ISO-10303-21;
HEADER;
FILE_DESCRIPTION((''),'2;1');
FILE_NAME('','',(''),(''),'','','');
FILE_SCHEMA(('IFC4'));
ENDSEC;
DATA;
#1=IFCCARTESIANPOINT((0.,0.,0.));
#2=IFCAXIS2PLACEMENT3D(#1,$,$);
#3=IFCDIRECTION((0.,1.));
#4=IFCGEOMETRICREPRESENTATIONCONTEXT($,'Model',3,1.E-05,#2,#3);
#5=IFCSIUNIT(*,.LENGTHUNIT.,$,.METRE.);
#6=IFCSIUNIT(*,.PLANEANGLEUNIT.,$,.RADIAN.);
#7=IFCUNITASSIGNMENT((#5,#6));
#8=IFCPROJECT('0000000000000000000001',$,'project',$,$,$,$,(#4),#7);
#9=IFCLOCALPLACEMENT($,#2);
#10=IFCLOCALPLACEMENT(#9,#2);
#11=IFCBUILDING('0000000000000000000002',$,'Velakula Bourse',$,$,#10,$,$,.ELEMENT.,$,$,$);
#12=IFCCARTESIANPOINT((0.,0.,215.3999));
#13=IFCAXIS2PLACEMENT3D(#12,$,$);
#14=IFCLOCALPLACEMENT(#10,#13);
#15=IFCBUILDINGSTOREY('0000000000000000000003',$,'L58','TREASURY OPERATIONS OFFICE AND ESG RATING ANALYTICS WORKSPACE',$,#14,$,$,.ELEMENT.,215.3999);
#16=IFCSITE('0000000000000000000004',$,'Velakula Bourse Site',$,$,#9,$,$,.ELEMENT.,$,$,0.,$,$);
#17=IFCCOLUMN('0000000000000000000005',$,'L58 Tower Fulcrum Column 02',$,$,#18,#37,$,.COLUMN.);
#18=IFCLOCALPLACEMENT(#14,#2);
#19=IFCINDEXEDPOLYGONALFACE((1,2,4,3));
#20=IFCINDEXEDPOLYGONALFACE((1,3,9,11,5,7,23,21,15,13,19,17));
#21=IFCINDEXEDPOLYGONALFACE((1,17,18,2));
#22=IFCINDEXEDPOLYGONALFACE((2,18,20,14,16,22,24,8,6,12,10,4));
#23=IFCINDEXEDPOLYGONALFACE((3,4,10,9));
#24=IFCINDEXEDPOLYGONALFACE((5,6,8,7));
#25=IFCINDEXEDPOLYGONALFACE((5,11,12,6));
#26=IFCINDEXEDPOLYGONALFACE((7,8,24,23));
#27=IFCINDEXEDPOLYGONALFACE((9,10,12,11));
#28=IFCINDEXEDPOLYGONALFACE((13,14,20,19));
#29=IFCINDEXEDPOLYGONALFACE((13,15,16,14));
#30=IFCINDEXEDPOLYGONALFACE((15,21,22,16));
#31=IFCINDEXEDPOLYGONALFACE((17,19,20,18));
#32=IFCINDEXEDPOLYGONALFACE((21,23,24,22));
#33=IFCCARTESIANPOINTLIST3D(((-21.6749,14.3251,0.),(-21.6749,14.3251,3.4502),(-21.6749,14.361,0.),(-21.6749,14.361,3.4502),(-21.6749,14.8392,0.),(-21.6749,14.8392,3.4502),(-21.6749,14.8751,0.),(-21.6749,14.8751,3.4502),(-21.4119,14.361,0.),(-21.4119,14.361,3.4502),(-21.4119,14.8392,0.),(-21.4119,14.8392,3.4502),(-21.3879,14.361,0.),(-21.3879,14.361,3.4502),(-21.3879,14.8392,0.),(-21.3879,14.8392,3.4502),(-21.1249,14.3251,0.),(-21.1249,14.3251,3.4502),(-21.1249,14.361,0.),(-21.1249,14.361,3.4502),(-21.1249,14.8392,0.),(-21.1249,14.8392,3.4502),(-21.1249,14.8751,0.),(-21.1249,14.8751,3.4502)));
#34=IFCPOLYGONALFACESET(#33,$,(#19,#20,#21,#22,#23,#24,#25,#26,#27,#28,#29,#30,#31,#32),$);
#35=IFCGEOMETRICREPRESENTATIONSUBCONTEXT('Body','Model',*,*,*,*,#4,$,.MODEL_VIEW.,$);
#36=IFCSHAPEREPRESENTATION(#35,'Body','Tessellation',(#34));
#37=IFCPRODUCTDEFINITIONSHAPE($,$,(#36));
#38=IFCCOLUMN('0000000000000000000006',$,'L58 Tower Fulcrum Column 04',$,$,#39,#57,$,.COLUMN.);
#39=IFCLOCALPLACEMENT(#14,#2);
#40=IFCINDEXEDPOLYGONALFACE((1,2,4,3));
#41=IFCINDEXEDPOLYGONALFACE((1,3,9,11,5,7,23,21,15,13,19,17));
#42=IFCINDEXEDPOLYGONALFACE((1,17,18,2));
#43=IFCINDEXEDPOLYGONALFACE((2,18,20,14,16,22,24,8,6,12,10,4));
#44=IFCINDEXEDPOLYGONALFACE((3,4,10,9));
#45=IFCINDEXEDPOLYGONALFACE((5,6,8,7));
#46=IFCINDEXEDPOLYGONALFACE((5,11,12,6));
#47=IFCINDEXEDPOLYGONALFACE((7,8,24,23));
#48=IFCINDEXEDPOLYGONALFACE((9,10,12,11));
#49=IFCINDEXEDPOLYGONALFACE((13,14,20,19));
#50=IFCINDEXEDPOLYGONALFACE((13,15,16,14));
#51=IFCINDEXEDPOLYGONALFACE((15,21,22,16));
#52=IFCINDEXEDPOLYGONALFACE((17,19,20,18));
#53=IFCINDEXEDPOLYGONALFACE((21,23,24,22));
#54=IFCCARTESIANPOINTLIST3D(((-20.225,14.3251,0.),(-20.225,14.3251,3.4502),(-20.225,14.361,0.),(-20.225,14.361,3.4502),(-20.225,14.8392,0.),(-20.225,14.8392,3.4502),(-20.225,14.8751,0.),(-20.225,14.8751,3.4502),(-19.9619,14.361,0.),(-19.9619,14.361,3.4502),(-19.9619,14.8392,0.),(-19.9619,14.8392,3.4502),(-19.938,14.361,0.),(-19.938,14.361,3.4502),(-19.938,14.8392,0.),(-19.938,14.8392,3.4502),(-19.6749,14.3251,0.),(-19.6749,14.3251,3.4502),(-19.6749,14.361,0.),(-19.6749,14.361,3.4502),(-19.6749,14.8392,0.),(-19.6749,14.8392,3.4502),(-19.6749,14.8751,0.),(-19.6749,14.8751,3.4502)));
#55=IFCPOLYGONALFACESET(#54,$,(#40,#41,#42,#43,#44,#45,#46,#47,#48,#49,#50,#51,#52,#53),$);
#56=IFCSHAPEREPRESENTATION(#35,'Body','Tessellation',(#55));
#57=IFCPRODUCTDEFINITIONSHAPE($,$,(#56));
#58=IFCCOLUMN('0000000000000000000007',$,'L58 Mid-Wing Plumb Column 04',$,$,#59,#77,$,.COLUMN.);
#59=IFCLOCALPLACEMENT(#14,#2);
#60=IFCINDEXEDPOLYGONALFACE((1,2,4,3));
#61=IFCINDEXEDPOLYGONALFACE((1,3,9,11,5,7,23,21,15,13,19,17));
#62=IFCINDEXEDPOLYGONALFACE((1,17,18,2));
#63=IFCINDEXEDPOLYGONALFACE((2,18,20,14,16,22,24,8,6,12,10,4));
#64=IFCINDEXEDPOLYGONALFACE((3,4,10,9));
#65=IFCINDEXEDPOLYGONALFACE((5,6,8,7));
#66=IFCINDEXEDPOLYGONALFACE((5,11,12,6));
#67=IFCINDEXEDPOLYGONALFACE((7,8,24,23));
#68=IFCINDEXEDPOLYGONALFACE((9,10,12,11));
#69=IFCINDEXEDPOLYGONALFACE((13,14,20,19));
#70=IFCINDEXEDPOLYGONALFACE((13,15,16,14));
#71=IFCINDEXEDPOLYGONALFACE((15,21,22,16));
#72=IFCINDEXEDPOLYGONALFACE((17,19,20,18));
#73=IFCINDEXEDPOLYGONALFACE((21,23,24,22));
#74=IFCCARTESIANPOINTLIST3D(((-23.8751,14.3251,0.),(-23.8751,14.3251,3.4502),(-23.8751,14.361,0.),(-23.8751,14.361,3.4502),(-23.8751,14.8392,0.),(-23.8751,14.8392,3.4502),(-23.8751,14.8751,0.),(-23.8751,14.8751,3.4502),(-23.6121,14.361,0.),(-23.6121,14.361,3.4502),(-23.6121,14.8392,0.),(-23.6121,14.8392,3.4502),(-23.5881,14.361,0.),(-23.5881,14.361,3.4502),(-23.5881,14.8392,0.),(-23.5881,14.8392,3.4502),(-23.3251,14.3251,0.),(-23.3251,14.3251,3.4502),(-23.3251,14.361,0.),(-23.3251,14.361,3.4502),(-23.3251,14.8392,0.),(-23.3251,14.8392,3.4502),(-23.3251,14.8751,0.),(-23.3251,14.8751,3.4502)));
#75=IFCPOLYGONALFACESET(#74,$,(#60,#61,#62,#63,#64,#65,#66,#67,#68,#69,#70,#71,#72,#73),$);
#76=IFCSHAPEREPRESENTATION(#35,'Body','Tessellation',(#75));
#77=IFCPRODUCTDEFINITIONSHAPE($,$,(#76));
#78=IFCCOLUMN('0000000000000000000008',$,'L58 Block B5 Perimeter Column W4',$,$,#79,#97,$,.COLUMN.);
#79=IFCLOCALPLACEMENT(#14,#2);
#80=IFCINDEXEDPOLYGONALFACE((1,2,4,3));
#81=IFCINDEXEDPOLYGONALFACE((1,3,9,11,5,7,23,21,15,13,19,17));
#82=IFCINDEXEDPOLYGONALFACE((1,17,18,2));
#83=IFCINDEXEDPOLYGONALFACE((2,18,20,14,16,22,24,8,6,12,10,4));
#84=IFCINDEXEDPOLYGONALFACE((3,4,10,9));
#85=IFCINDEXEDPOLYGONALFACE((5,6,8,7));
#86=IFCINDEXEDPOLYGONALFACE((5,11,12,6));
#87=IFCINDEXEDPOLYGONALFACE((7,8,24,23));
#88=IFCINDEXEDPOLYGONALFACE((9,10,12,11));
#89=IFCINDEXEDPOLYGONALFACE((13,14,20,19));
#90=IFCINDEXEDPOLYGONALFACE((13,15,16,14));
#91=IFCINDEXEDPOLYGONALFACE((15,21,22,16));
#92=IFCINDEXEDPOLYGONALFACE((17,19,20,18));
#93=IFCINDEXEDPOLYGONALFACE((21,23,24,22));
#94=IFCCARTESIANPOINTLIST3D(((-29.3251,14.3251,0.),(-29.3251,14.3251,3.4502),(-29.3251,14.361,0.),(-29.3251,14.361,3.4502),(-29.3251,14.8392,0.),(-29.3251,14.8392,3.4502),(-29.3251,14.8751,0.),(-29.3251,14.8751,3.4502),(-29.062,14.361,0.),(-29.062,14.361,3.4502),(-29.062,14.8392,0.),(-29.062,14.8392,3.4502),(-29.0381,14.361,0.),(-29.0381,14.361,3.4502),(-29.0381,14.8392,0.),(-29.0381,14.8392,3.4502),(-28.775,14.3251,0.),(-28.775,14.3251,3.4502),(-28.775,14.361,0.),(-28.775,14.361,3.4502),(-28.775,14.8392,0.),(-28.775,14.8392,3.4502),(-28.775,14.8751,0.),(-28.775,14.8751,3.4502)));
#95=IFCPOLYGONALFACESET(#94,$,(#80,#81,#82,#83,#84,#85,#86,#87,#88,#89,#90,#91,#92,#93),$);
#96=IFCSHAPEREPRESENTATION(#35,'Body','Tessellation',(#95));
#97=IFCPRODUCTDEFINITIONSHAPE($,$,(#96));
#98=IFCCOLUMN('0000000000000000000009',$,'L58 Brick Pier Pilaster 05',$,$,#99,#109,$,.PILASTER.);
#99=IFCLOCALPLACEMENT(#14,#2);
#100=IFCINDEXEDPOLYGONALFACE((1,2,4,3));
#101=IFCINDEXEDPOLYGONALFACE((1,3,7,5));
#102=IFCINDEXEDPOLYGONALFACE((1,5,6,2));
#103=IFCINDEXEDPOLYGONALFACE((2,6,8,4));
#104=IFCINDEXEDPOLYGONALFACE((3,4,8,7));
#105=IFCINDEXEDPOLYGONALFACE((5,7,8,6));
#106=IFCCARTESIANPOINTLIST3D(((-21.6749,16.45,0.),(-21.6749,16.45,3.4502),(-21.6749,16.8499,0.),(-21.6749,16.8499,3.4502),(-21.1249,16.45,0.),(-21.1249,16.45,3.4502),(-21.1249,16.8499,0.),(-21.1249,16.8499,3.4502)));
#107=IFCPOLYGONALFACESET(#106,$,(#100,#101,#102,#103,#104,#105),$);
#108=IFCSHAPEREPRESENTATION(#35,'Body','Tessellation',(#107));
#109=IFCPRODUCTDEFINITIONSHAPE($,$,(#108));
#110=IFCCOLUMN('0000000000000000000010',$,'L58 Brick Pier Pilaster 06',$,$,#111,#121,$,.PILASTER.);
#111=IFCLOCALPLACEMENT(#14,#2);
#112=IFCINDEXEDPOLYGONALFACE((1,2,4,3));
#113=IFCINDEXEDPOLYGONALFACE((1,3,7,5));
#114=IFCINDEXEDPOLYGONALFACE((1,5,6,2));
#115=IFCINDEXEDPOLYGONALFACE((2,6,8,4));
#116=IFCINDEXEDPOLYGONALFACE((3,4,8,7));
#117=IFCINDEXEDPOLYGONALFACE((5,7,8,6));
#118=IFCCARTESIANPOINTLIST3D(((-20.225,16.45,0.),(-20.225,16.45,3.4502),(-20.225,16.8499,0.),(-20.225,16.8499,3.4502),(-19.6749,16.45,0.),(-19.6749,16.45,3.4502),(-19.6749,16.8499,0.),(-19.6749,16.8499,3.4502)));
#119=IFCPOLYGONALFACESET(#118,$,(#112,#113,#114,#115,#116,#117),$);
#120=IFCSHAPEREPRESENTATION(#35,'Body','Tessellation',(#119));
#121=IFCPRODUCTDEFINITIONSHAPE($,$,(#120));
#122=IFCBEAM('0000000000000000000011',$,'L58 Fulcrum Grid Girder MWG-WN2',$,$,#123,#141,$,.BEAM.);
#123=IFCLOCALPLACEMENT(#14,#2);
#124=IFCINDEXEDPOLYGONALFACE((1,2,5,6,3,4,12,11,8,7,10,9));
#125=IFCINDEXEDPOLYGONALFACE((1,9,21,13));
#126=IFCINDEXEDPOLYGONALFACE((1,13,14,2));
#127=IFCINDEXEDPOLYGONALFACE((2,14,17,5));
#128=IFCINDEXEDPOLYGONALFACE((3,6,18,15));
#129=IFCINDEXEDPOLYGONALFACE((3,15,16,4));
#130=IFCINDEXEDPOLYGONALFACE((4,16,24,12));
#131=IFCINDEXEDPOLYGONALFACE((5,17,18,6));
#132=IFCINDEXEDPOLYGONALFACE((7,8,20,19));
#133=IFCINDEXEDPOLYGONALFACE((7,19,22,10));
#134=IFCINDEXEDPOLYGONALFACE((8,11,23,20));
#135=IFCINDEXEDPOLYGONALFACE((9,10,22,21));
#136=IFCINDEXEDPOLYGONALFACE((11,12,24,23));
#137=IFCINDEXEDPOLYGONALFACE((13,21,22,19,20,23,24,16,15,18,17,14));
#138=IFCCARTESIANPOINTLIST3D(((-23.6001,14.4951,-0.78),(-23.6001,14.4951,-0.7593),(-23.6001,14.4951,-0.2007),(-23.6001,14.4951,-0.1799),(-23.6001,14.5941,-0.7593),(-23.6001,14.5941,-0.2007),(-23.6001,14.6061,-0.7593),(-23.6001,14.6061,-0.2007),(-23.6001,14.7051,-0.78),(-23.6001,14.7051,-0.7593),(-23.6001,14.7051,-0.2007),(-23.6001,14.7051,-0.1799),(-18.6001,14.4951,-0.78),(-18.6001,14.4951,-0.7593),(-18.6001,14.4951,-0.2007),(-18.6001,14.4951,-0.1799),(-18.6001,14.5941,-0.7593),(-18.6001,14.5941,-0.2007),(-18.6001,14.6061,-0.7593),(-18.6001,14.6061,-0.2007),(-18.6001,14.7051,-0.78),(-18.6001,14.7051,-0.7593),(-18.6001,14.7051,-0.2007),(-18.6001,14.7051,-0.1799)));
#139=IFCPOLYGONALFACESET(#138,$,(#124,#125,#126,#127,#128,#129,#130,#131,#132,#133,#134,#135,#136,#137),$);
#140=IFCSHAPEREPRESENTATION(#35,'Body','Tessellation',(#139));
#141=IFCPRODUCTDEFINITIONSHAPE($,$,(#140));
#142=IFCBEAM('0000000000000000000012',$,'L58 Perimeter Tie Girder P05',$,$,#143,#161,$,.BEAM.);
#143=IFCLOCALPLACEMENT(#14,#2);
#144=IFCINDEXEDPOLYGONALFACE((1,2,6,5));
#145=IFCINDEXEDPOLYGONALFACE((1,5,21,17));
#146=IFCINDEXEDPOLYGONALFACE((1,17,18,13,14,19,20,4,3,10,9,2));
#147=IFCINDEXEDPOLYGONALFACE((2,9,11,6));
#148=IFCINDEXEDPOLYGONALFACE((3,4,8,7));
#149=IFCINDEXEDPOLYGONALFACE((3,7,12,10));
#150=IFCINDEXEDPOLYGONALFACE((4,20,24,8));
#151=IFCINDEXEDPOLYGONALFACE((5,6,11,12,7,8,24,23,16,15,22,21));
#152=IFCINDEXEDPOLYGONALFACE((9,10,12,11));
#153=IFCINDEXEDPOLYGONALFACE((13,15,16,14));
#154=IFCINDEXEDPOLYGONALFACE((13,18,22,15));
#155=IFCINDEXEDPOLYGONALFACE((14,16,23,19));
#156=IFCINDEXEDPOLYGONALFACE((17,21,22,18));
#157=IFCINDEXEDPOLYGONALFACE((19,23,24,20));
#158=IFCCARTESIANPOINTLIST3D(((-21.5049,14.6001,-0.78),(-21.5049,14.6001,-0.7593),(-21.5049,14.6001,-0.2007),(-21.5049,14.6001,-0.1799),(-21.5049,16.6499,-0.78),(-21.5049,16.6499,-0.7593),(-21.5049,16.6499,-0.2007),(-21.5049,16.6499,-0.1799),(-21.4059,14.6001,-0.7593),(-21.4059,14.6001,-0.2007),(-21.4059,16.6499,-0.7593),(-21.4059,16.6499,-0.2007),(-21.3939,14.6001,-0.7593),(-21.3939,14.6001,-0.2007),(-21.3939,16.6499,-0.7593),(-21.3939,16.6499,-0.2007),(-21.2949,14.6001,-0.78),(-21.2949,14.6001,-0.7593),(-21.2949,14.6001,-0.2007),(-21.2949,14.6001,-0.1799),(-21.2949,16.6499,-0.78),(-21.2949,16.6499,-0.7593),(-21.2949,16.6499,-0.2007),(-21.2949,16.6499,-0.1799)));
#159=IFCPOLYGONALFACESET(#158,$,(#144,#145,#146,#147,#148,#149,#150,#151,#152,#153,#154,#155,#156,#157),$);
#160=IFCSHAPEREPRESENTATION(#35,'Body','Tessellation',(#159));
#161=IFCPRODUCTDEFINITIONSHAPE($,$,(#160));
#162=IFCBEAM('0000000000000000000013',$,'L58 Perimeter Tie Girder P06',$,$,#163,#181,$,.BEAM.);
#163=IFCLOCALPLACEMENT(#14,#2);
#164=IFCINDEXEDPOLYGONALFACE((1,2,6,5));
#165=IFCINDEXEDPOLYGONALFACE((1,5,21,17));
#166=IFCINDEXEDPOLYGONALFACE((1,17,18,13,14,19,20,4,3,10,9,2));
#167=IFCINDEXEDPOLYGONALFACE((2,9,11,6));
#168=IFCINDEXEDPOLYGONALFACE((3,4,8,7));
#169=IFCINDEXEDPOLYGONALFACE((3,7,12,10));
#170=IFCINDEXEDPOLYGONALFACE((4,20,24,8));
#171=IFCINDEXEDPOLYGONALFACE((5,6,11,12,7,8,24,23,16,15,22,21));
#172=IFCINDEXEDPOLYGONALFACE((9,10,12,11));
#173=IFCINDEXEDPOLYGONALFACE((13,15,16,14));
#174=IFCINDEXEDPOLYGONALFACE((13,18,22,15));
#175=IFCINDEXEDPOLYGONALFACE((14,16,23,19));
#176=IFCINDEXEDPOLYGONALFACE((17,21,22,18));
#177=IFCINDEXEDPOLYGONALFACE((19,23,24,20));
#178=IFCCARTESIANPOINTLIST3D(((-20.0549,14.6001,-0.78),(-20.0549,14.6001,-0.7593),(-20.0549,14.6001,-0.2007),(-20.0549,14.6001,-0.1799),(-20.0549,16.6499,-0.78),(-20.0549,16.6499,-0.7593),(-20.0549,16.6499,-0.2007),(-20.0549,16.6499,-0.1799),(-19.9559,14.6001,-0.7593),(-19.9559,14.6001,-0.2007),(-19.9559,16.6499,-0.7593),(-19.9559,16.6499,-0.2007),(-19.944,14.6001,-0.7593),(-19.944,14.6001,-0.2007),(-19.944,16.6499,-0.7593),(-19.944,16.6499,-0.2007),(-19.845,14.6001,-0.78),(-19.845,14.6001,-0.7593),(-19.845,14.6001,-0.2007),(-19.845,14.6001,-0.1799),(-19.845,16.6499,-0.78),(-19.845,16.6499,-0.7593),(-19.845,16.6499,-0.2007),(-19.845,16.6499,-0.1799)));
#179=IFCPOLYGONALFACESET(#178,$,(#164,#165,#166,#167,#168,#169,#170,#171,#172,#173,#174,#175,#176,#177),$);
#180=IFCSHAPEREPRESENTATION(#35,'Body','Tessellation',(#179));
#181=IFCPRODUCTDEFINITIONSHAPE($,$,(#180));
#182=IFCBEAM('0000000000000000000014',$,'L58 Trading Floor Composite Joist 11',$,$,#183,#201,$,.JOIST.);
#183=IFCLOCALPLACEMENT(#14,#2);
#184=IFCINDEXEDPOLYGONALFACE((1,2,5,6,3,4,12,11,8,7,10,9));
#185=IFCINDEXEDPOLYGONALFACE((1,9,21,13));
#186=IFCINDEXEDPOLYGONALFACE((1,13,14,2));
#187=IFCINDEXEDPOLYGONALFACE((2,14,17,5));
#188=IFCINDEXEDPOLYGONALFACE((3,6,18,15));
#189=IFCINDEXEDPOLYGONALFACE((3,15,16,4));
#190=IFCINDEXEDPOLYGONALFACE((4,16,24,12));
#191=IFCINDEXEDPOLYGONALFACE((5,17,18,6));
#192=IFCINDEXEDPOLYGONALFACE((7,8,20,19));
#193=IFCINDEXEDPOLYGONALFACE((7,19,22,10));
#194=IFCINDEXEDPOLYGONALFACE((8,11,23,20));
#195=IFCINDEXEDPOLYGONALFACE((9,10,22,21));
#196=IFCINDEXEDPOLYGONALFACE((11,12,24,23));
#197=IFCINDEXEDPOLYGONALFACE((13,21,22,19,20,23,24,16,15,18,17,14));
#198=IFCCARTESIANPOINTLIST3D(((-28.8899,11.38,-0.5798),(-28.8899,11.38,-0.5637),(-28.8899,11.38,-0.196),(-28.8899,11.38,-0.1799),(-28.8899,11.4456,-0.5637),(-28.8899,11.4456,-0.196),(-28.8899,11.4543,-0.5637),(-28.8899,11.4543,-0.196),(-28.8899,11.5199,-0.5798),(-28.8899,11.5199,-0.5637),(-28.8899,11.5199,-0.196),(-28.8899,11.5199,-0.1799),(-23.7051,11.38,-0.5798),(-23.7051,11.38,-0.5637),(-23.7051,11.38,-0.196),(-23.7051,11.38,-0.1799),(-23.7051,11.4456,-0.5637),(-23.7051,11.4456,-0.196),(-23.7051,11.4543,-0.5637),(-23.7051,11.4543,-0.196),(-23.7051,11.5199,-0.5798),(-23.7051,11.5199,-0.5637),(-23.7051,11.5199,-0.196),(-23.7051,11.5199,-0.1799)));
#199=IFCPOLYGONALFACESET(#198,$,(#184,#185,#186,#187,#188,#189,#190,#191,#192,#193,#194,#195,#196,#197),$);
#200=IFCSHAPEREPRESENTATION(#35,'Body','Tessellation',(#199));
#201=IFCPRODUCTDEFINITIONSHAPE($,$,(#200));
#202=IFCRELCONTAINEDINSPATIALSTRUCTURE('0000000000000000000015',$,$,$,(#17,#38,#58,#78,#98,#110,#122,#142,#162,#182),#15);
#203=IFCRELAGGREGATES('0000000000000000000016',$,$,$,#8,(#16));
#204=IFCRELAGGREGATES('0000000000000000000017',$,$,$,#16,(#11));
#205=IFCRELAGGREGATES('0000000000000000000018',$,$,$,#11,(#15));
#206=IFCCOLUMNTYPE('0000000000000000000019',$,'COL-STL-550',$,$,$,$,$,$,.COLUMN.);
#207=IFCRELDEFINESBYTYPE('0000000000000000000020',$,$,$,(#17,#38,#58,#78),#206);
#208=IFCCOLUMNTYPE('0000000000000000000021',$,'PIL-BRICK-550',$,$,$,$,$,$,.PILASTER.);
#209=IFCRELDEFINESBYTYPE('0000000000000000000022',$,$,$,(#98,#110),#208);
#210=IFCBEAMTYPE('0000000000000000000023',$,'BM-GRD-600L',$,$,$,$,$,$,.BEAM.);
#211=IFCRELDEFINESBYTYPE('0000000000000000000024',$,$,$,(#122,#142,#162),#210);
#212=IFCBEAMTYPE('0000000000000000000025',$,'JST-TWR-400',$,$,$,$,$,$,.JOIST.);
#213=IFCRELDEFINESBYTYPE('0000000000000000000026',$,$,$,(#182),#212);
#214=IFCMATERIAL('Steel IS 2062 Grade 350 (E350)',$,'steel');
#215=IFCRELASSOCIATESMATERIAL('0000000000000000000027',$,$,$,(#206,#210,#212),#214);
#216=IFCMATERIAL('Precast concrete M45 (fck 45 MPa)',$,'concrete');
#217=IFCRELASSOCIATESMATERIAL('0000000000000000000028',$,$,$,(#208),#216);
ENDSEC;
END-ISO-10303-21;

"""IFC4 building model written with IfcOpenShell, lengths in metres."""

from ifc_helpers import new_model, si_unit, direction, frame, origin, origin_2d, place, context, subcontext, project, spatial, rectangle, i_section, extrude, material, material_profile, profile_set, type_object, element, save


model = new_model("IFC4")

# Units and contexts
model_context = context("Model", 3, precision=1e-05, world=origin(), true_north=direction((0.0, 1.0)))
body_context = subcontext(model_context, "Body", "Model", "MODEL_VIEW")
ifc_project = project(units=[si_unit("LENGTHUNIT", "METRE"), si_unit("PLANEANGLEUNIT", "RADIAN")], contexts=[model_context])

# Site, building, storey
site_placement = place(None, origin())
site = spatial("IfcSite", under=ifc_project, at=site_placement, Name="Velakula Bourse Site", CompositionType="ELEMENT", RefElevation=0.0)
building_placement = place(site_placement, origin())
building = spatial("IfcBuilding", under=site, at=building_placement, Name="Velakula Bourse", CompositionType="ELEMENT")
storey_placement = place(building_placement, frame((0.0, 0.0, 215.3999)))
storey = spatial("IfcBuildingStorey", under=building, at=storey_placement, Name="L58", Description="TREASURY OPERATIONS OFFICE AND ESG RATING ANALYTICS WORKSPACE", CompositionType="ELEMENT", Elevation=215.3999)

# Columns
ifc_material_1 = material(Name="Steel IS 2062 Grade 350 (E350)", Category="steel")
ifc_material_profile_1 = material_profile(ifc_material_1, i_section(OverallWidth=0.55, OverallDepth=0.55, WebThickness=0.0239, FlangeThickness=0.0359, at=origin_2d()), Name="Steel IS 2062 Grade 350 (E350)")
ifc_profile_set_1 = profile_set([ifc_material_profile_1], Name="Steel IS 2062 Grade 350 (E350)")
column_type_1 = type_object("IfcColumnType", Name="COL-STL-550", PredefinedType="COLUMN", material=ifc_profile_set_1)
for number, where, z_axis, x_axis, name in (
    (1, (-21.3999, 14.6001, 0.0), (0.0, 0.0, 1.0), (1.0, 0.0, 0.0), "L58 Tower Fulcrum Column 02"),
    (2, (-19.95, 14.6001, 0.0), (0.0, 0.0, 1.0), (1.0, 0.0, 0.0), "L58 Tower Fulcrum Column 04"),
    (3, (-23.6001, 14.6001, 0.0), (0.0, 0.0, 1.0), (1.0, 0.0, 0.0), "L58 Mid-Wing Plumb Column 04"),
    (4, (-29.05, 14.6001, 0.0), (0.0, 0.0, 1.0), (1.0, 0.0, 0.0), "L58 Block B5 Perimeter Column W4"),
):
    element("IfcColumn", number, at=place(storey_placement, frame(where, z_axis=z_axis, x_axis=x_axis)), inside=storey, type_object=column_type_1, Name=name, PredefinedType="COLUMN", context=body_context, shape_type="SweptSolid", body=[
        extrude(i_section(OverallWidth=0.55, OverallDepth=0.55, WebThickness=0.0239, FlangeThickness=0.0359, at=origin_2d()), origin(), (0.0, 0.0, 1.0), 3.4502),
    ])
ifc_material_2 = material(Name="Precast concrete M45 (fck 45 MPa)", Category="concrete")
ifc_material_profile_2 = material_profile(ifc_material_2, rectangle(XDim=0.55, YDim=0.3999, at=origin_2d()), Name="Precast concrete M45 (fck 45 MPa)")
ifc_profile_set_2 = profile_set([ifc_material_profile_2], Name="Precast concrete M45 (fck 45 MPa)")
column_type_2 = type_object("IfcColumnType", Name="PIL-BRICK-550", PredefinedType="PILASTER", material=ifc_profile_set_2)
for number, where, z_axis, x_axis, name in (
    (5, (-21.3999, 16.6499, 0.0), (0.0, 0.0, 1.0), (1.0, 0.0, 0.0), "L58 Brick Pier Pilaster 05"),
    (6, (-19.95, 16.6499, 0.0), (0.0, 0.0, 1.0), (1.0, 0.0, 0.0), "L58 Brick Pier Pilaster 06"),
):
    element("IfcColumn", number, at=place(storey_placement, frame(where, z_axis=z_axis, x_axis=x_axis)), inside=storey, type_object=column_type_2, Name=name, PredefinedType="PILASTER", context=body_context, shape_type="SweptSolid", body=[
        extrude(rectangle(XDim=0.55, YDim=0.3999, at=origin_2d()), origin(), (0.0, 0.0, 1.0), 3.4502),
    ])

# Beams
ifc_material_profile_3 = material_profile(ifc_material_1, i_section(OverallWidth=0.21, OverallDepth=0.6001, WebThickness=0.012, FlangeThickness=0.0208, at=origin_2d()), Name="Steel IS 2062 Grade 350 (E350)")
ifc_profile_set_3 = profile_set([ifc_material_profile_3], Name="Steel IS 2062 Grade 350 (E350)")
beam_type_1 = type_object("IfcBeamType", Name="BM-GRD-600L", PredefinedType="BEAM", material=ifc_profile_set_3)
beam_1_placement = place(storey_placement, frame((-23.6001, 14.6001, -0.48), z_axis=(1.0, 0.0, 0.0), x_axis=(0.0, 1.0, 0.0)))
element("IfcBeam", 7, at=beam_1_placement, inside=storey, type_object=beam_type_1, Name="L58 Fulcrum Grid Girder MWG-WN2", PredefinedType="BEAM", context=body_context, shape_type="SweptSolid", body=[
    extrude(i_section(OverallWidth=0.21, OverallDepth=0.6001, WebThickness=0.012, FlangeThickness=0.0208, at=origin_2d()), origin(), (0.0, 0.0, 1.0), 5.0),
])
for number, where, z_axis, x_axis, name in (
    (8, (-21.3999, 14.6001, -0.48), (0.0, 1.0, 0.0), (-1.0, 0.0, 0.0), "L58 Perimeter Tie Girder P05"),
    (9, (-19.95, 14.6001, -0.48), (0.0, 1.0, 0.0), (-1.0, 0.0, 0.0), "L58 Perimeter Tie Girder P06"),
):
    element("IfcBeam", number, at=place(storey_placement, frame(where, z_axis=z_axis, x_axis=x_axis)), inside=storey, type_object=beam_type_1, Name=name, PredefinedType="BEAM", context=body_context, shape_type="SweptSolid", body=[
        extrude(i_section(OverallWidth=0.21, OverallDepth=0.6001, WebThickness=0.012, FlangeThickness=0.0208, at=origin_2d()), origin(), (0.0, 0.0, 1.0), 2.0498),
    ])
ifc_material_profile_4 = material_profile(ifc_material_1, i_section(OverallWidth=0.1399, OverallDepth=0.3999, WebThickness=0.0088, FlangeThickness=0.0161, at=origin_2d()), Name="Steel IS 2062 Grade 350 (E350)")
ifc_profile_set_4 = profile_set([ifc_material_profile_4], Name="Steel IS 2062 Grade 350 (E350)")
beam_type_2 = type_object("IfcBeamType", Name="JST-TWR-400", PredefinedType="JOIST", material=ifc_profile_set_4)
beam_2_placement = place(storey_placement, frame((-28.8899, 11.45, -0.3799), z_axis=(1.0, 0.0, 0.0), x_axis=(0.0, 1.0, 0.0)))
element("IfcBeam", 10, at=beam_2_placement, inside=storey, type_object=beam_type_2, Name="L58 Trading Floor Composite Joist 11", PredefinedType="JOIST", context=body_context, shape_type="SweptSolid", body=[
    extrude(i_section(OverallWidth=0.1399, OverallDepth=0.3999, WebThickness=0.0088, FlangeThickness=0.0161, at=origin_2d()), origin(), (0.0, 0.0, 1.0), 5.1848),
])

save(model, "model.ifc")
